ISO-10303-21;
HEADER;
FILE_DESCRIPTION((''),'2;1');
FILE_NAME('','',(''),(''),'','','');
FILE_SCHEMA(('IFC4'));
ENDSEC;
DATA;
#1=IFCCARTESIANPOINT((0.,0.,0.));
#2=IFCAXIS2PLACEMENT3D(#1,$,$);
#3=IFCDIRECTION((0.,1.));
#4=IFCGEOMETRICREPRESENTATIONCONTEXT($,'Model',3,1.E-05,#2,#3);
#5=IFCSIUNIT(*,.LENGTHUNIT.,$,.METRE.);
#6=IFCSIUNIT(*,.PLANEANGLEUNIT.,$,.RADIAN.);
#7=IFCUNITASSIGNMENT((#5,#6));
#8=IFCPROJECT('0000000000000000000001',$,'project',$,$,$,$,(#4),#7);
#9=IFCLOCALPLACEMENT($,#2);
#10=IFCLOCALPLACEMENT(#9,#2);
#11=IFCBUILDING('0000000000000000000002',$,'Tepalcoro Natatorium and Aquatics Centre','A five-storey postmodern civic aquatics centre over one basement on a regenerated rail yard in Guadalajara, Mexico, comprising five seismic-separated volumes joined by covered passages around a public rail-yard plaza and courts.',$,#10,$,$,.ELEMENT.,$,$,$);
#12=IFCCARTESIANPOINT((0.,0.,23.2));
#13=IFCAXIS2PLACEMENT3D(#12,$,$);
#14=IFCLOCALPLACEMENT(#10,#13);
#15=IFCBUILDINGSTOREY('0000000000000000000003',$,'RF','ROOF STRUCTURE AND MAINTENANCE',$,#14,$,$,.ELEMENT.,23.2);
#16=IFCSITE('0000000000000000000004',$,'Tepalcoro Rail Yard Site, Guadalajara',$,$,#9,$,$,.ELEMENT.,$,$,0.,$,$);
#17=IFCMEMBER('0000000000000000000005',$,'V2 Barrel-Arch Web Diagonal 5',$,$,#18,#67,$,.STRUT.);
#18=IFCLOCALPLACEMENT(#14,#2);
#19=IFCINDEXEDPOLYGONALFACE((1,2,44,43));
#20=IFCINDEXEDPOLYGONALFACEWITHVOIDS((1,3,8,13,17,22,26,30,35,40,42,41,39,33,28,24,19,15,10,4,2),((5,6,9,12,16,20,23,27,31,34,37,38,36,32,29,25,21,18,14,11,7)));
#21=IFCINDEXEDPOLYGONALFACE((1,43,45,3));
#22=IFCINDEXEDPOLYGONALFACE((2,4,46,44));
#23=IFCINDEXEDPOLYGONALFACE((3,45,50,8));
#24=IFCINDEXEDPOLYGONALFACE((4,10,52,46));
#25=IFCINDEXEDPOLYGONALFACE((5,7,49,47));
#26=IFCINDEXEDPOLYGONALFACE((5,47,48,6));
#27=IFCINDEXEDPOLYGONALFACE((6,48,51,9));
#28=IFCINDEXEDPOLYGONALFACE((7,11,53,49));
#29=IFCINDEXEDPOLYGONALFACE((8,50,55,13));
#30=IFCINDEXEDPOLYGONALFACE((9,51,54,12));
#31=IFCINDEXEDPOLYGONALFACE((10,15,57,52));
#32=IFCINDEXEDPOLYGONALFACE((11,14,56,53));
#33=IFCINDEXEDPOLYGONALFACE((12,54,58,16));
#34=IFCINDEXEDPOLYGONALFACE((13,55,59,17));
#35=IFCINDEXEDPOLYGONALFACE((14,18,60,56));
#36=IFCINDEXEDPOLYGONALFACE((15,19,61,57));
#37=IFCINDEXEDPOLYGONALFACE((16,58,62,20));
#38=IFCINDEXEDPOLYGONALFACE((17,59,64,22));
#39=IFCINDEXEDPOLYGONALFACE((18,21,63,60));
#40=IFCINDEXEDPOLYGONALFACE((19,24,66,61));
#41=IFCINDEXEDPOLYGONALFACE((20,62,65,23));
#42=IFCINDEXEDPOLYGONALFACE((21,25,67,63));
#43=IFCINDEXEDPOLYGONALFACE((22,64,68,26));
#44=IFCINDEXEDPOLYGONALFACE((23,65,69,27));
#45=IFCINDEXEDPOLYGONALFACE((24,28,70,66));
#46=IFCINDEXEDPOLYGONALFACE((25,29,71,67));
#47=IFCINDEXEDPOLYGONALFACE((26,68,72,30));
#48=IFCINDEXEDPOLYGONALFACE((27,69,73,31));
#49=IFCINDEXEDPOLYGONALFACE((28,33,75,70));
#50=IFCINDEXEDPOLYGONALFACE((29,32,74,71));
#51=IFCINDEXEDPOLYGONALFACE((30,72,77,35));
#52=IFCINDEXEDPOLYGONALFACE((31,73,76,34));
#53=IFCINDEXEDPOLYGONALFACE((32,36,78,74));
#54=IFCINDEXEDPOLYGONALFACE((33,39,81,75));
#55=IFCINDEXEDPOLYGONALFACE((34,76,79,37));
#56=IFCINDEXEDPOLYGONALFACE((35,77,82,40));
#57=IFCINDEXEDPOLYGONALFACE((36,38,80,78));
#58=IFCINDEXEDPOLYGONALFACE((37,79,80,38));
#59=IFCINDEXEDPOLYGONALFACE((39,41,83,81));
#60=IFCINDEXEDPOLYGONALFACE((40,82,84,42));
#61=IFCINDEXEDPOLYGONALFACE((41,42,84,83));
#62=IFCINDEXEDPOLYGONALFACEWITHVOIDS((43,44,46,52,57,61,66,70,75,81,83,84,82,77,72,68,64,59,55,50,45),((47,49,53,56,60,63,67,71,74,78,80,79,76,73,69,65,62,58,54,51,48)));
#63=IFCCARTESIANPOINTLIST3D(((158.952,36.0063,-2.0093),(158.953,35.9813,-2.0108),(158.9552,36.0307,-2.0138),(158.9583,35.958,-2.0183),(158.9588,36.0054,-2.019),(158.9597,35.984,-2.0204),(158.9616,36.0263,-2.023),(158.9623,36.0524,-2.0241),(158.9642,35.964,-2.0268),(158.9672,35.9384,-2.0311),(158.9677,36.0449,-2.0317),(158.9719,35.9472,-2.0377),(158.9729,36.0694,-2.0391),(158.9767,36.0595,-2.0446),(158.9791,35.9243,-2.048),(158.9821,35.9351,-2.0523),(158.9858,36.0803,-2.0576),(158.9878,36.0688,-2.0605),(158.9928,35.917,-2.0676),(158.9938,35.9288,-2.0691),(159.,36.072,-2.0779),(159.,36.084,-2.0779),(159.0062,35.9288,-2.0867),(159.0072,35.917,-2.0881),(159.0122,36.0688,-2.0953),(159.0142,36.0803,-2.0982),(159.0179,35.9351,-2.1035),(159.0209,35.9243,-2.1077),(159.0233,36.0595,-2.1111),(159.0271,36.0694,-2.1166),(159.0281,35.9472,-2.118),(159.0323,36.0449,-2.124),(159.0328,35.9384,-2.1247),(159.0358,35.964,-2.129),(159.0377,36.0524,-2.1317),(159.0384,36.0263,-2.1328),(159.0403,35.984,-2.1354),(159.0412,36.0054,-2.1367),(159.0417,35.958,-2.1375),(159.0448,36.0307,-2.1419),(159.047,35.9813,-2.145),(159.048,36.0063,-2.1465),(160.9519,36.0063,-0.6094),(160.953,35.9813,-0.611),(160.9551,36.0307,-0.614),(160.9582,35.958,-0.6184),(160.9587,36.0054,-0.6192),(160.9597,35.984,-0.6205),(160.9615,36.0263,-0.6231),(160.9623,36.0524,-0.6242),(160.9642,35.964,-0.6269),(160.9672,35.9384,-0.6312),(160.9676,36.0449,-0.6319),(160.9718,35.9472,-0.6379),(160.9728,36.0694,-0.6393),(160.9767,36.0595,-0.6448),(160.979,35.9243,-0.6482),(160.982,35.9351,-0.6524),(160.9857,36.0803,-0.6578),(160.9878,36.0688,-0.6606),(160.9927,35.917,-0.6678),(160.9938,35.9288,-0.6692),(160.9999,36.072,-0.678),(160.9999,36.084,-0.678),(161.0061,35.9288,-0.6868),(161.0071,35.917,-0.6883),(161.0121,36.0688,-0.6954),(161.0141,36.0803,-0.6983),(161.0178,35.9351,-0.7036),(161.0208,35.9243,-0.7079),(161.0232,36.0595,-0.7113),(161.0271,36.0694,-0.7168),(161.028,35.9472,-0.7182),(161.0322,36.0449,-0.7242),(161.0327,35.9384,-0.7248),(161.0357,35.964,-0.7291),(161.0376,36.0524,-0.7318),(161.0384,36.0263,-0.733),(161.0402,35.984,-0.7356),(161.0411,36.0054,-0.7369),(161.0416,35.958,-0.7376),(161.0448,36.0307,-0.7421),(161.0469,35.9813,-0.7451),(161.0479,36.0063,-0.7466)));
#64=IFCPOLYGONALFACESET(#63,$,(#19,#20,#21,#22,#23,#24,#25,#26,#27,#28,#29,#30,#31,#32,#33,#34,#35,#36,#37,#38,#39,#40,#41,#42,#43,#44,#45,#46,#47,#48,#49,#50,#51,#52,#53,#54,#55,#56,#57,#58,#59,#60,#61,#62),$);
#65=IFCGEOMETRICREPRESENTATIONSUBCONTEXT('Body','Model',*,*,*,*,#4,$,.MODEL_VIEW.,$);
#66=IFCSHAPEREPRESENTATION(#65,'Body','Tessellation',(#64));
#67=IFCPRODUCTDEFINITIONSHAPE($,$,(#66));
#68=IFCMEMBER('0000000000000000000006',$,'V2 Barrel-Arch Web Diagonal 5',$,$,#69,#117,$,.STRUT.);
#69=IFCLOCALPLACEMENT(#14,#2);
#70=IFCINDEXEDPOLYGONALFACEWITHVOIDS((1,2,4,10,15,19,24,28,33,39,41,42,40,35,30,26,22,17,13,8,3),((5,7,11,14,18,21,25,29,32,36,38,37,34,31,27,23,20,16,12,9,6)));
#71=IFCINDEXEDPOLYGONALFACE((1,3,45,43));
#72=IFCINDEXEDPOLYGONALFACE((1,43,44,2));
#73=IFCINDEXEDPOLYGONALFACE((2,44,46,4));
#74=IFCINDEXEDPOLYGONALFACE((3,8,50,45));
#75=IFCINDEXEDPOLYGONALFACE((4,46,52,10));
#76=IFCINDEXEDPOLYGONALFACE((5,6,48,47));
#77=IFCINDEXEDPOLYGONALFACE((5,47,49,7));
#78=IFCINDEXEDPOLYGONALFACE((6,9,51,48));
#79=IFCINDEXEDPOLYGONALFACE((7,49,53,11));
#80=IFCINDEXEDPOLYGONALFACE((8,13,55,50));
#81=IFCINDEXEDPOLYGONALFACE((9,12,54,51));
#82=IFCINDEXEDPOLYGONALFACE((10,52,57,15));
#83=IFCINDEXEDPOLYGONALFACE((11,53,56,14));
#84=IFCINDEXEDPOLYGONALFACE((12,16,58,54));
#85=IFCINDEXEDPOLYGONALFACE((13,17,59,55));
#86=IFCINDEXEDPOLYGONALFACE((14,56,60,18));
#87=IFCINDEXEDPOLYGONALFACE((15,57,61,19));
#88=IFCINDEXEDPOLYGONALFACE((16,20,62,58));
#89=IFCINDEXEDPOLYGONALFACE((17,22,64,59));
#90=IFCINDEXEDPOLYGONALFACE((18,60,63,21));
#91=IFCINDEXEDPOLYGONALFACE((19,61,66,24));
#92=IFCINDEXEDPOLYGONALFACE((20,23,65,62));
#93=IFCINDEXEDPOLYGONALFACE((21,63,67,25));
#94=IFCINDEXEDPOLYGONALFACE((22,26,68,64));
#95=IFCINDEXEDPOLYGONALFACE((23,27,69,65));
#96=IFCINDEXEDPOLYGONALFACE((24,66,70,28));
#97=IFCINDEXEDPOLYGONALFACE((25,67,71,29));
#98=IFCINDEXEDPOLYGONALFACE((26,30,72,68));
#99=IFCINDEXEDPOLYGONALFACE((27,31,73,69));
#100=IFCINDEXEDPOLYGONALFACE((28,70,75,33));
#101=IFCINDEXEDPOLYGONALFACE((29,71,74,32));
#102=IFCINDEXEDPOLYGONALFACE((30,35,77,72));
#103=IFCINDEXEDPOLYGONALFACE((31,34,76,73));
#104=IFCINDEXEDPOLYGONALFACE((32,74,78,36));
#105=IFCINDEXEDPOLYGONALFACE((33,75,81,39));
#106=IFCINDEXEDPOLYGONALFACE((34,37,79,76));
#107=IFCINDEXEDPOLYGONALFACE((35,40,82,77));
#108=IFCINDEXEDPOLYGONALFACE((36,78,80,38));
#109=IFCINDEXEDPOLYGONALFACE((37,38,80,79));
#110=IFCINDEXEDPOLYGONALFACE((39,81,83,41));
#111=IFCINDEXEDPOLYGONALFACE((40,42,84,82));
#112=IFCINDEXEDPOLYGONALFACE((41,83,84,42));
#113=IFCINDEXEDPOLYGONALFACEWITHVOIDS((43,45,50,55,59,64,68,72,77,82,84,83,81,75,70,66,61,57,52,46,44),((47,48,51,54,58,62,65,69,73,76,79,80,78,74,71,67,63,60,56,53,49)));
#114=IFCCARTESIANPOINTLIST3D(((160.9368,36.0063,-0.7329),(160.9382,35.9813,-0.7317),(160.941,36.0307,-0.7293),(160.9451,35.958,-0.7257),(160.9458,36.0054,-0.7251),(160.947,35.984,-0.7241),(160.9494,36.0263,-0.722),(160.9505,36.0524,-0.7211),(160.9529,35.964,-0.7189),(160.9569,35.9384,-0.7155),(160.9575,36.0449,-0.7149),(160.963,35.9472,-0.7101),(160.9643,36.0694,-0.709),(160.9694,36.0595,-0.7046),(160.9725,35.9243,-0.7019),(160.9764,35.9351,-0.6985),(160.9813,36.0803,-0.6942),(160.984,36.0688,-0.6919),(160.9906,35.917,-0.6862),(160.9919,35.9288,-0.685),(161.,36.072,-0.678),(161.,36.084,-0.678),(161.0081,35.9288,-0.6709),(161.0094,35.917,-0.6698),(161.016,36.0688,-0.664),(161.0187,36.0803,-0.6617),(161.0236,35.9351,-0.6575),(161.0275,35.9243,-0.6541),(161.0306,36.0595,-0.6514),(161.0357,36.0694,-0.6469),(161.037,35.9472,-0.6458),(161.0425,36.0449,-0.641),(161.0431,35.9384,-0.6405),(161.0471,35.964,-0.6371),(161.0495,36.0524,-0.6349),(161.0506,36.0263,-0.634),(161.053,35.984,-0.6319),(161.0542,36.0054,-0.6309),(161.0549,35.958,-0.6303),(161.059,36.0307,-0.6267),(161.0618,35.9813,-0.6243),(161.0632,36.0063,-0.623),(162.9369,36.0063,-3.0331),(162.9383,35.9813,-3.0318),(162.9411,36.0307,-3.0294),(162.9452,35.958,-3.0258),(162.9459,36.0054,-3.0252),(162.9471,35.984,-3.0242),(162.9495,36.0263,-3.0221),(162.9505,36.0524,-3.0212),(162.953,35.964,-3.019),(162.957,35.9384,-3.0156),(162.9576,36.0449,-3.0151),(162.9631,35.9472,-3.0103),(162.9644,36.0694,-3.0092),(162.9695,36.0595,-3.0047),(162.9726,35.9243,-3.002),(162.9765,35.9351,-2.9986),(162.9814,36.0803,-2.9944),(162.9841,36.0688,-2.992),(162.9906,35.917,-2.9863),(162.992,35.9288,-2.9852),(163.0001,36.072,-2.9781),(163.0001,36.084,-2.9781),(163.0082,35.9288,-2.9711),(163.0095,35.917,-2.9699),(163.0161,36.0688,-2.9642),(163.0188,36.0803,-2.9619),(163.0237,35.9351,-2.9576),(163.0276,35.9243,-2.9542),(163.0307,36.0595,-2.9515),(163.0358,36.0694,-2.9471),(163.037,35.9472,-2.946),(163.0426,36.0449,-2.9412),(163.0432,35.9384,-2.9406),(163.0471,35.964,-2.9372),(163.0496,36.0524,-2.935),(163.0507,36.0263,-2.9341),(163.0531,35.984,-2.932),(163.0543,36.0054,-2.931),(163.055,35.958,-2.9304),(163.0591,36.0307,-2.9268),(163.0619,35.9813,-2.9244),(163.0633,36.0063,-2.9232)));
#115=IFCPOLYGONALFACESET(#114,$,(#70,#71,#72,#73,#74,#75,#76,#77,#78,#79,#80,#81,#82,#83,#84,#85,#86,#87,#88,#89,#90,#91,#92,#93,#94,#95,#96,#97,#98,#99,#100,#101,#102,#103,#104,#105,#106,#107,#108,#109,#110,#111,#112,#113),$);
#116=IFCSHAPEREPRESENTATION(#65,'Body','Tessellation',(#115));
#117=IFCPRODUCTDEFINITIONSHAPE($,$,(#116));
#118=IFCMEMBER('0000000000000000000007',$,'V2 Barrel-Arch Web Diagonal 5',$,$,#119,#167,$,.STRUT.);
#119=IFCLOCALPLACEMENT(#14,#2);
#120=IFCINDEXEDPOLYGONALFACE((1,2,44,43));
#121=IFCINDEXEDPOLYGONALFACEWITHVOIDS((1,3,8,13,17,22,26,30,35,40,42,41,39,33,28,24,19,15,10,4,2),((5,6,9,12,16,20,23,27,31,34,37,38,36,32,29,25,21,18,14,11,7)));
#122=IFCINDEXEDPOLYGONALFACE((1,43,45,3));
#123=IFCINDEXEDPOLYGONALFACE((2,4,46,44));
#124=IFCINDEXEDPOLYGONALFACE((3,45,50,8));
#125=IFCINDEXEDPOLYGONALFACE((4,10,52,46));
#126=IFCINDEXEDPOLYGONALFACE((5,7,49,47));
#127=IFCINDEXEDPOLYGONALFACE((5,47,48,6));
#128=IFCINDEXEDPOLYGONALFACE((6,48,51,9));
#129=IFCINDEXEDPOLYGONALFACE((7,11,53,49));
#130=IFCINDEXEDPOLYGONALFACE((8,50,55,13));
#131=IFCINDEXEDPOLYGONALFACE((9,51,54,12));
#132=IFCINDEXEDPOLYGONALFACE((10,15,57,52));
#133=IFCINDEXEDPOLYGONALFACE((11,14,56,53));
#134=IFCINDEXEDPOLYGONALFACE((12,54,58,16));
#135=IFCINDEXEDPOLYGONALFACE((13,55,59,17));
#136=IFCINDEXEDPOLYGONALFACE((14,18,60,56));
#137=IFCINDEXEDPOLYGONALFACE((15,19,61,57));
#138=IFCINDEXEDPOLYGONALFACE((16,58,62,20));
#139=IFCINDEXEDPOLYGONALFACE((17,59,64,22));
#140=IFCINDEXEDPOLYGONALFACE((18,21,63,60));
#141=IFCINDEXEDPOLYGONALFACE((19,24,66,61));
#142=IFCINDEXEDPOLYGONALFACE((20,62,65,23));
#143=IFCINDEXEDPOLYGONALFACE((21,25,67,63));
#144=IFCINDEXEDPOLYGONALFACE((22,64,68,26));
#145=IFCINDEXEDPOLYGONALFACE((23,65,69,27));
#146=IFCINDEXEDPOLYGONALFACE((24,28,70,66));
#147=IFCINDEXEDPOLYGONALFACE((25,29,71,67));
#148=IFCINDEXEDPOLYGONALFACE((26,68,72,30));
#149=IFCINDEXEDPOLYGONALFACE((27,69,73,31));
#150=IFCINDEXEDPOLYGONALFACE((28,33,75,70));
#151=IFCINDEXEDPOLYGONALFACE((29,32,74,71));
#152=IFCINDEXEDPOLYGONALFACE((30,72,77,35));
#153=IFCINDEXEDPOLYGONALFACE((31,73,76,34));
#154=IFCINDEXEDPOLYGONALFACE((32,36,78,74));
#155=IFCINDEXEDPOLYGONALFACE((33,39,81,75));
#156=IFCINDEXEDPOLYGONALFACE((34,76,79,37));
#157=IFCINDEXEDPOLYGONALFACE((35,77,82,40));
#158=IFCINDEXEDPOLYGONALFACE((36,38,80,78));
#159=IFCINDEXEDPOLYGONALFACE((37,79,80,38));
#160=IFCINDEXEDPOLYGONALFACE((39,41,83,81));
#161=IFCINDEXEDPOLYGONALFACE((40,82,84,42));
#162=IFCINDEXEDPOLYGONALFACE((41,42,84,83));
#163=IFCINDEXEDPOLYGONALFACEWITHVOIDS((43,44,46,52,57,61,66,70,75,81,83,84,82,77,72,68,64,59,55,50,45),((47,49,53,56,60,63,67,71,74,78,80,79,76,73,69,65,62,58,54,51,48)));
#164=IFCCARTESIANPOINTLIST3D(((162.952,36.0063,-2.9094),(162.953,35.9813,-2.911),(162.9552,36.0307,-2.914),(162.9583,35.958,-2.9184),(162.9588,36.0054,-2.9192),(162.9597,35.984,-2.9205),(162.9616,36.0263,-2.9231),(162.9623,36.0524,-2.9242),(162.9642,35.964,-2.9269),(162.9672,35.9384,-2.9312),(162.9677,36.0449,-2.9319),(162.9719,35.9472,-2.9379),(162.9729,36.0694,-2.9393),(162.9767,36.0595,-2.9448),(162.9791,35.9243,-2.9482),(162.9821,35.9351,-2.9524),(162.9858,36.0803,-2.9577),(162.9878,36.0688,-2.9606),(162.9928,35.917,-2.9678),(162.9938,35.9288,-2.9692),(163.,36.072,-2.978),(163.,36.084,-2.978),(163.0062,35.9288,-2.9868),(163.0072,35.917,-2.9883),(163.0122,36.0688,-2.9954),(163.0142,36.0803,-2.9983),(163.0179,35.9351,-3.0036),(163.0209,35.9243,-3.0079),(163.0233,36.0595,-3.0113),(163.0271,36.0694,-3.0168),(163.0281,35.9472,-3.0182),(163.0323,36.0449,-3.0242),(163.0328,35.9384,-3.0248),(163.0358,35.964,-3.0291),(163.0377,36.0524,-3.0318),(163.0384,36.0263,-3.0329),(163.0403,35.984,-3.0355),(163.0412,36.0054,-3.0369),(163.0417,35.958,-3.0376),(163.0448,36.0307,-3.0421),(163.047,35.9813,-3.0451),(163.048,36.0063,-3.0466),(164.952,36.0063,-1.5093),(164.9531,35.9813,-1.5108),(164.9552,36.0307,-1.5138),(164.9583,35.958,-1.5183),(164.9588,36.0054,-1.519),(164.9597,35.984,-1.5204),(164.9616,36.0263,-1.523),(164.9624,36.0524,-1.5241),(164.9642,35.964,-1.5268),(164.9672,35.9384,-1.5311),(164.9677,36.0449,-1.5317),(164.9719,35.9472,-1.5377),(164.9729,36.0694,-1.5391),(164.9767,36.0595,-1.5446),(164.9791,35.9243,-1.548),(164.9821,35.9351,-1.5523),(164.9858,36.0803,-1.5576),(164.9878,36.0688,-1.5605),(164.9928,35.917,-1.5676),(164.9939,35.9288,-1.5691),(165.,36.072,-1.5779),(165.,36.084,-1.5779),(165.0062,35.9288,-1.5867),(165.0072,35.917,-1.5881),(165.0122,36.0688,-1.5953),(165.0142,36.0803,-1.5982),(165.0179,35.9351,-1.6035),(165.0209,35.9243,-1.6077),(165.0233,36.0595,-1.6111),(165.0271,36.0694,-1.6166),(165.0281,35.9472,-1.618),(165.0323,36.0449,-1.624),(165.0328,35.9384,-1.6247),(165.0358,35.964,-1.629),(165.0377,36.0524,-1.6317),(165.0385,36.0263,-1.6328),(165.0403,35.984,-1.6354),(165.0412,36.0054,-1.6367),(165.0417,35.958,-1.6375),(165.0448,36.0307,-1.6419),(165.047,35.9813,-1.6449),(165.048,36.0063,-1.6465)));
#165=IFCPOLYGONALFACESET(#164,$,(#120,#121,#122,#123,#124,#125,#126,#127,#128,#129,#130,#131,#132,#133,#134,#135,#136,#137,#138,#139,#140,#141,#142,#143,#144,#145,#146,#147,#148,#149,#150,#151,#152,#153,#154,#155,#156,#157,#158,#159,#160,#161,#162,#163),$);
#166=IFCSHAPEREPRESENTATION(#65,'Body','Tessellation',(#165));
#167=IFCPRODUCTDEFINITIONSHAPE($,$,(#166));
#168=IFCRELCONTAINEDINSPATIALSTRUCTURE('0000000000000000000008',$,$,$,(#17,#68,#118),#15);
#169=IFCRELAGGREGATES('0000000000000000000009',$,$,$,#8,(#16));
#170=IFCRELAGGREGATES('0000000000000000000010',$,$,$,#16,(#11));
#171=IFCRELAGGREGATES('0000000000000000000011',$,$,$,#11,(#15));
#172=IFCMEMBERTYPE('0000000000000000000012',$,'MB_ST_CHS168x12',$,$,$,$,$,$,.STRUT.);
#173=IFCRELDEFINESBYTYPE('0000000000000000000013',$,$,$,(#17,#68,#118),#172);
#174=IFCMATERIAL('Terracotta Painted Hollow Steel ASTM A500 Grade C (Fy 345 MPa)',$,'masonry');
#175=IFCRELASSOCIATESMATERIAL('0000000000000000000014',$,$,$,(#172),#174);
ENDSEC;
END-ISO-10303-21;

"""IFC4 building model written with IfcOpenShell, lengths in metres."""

from ifc_helpers import new_model, si_unit, direction, frame, origin, origin_2d, place, context, subcontext, project, spatial, hollow_circle, extrude, material, material_profile, profile_set, type_object, element, save


model = new_model("IFC4")

# Units and contexts
model_context = context("Model", 3, precision=1e-05, world=origin(), true_north=direction((0.0, 1.0)))
body_context = subcontext(model_context, "Body", "Model", "MODEL_VIEW")
ifc_project = project(units=[si_unit("LENGTHUNIT", "METRE"), si_unit("PLANEANGLEUNIT", "RADIAN")], contexts=[model_context])

# Site, building, storey
site_placement = place(None, origin())
site = spatial("IfcSite", under=ifc_project, at=site_placement, Name="Tepalcoro Rail Yard Site, Guadalajara", CompositionType="ELEMENT", RefElevation=0.0)
building_placement = place(site_placement, origin())
building = spatial("IfcBuilding", under=site, at=building_placement, Name="Tepalcoro Natatorium and Aquatics Centre", Description="A five-storey postmodern civic aquatics centre over one basement on a regenerated rail yard in Guadalajara, Mexico, comprising five seismic-separated volumes joined by covered passages around a public rail-yard plaza and courts.", CompositionType="ELEMENT")
storey_placement = place(building_placement, frame((0.0, 0.0, 23.2)))
storey = spatial("IfcBuildingStorey", under=building, at=storey_placement, Name="RF", Description="ROOF STRUCTURE AND MAINTENANCE", CompositionType="ELEMENT", Elevation=23.2)

# Shared definitions
ifc_material_1 = material(Name="Terracotta Painted Hollow Steel ASTM A500 Grade C (Fy 345 MPa)", Category="masonry")

# Members
ifc_material_profile_1 = material_profile(ifc_material_1, hollow_circle(Radius=0.084, WallThickness=0.012, at=origin_2d()), Name="CHS168X12")
ifc_profile_set_1 = profile_set([ifc_material_profile_1], Name="Terracotta Painted Hollow Steel ASTM A500 Grade C (Fy 345 MPa)")
member_type_1 = type_object("IfcMemberType", Name="MB_ST_CHS168x12", PredefinedType="STRUT", material=ifc_profile_set_1)
member_1_placement = place(storey_placement, frame((159.0, 36.0, -2.0779), z_axis=(0.819251, 0.0, 0.573435), x_axis=(0.0, 1.0, 0.0)))
element("IfcMember", 1, at=member_1_placement, inside=storey, type_object=member_type_1, Name="V2 Barrel-Arch Web Diagonal 5", PredefinedType="STRUT", context=body_context, shape_type="SweptSolid", body=[
    extrude(hollow_circle(Radius=0.084, WallThickness=0.012, at=origin_2d()), origin(), (0.0, 0.0, 1.0), 2.4412),
])
member_2_placement = place(storey_placement, frame((161.0, 36.0, -0.678), z_axis=(0.656171, 0.0, -0.754612), x_axis=(0.0, 1.0, 0.0)))
element("IfcMember", 2, at=member_2_placement, inside=storey, type_object=member_type_1, Name="V2 Barrel-Arch Web Diagonal 5", PredefinedType="STRUT", context=body_context, shape_type="SweptSolid", body=[
    extrude(hollow_circle(Radius=0.084, WallThickness=0.012, at=origin_2d()), origin(), (0.0, 0.0, 1.0), 3.0481),
])
member_3_placement = place(storey_placement, frame((163.0, 36.0, -2.978), z_axis=(0.819204, 0.0, 0.573503), x_axis=(0.0, 1.0, 0.0)))
element("IfcMember", 3, at=member_3_placement, inside=storey, type_object=member_type_1, Name="V2 Barrel-Arch Web Diagonal 5", PredefinedType="STRUT", context=body_context, shape_type="SweptSolid", body=[
    extrude(hollow_circle(Radius=0.084, WallThickness=0.012, at=origin_2d()), origin(), (0.0, 0.0, 1.0), 2.4414),
])

save(model, "model.ifc")
